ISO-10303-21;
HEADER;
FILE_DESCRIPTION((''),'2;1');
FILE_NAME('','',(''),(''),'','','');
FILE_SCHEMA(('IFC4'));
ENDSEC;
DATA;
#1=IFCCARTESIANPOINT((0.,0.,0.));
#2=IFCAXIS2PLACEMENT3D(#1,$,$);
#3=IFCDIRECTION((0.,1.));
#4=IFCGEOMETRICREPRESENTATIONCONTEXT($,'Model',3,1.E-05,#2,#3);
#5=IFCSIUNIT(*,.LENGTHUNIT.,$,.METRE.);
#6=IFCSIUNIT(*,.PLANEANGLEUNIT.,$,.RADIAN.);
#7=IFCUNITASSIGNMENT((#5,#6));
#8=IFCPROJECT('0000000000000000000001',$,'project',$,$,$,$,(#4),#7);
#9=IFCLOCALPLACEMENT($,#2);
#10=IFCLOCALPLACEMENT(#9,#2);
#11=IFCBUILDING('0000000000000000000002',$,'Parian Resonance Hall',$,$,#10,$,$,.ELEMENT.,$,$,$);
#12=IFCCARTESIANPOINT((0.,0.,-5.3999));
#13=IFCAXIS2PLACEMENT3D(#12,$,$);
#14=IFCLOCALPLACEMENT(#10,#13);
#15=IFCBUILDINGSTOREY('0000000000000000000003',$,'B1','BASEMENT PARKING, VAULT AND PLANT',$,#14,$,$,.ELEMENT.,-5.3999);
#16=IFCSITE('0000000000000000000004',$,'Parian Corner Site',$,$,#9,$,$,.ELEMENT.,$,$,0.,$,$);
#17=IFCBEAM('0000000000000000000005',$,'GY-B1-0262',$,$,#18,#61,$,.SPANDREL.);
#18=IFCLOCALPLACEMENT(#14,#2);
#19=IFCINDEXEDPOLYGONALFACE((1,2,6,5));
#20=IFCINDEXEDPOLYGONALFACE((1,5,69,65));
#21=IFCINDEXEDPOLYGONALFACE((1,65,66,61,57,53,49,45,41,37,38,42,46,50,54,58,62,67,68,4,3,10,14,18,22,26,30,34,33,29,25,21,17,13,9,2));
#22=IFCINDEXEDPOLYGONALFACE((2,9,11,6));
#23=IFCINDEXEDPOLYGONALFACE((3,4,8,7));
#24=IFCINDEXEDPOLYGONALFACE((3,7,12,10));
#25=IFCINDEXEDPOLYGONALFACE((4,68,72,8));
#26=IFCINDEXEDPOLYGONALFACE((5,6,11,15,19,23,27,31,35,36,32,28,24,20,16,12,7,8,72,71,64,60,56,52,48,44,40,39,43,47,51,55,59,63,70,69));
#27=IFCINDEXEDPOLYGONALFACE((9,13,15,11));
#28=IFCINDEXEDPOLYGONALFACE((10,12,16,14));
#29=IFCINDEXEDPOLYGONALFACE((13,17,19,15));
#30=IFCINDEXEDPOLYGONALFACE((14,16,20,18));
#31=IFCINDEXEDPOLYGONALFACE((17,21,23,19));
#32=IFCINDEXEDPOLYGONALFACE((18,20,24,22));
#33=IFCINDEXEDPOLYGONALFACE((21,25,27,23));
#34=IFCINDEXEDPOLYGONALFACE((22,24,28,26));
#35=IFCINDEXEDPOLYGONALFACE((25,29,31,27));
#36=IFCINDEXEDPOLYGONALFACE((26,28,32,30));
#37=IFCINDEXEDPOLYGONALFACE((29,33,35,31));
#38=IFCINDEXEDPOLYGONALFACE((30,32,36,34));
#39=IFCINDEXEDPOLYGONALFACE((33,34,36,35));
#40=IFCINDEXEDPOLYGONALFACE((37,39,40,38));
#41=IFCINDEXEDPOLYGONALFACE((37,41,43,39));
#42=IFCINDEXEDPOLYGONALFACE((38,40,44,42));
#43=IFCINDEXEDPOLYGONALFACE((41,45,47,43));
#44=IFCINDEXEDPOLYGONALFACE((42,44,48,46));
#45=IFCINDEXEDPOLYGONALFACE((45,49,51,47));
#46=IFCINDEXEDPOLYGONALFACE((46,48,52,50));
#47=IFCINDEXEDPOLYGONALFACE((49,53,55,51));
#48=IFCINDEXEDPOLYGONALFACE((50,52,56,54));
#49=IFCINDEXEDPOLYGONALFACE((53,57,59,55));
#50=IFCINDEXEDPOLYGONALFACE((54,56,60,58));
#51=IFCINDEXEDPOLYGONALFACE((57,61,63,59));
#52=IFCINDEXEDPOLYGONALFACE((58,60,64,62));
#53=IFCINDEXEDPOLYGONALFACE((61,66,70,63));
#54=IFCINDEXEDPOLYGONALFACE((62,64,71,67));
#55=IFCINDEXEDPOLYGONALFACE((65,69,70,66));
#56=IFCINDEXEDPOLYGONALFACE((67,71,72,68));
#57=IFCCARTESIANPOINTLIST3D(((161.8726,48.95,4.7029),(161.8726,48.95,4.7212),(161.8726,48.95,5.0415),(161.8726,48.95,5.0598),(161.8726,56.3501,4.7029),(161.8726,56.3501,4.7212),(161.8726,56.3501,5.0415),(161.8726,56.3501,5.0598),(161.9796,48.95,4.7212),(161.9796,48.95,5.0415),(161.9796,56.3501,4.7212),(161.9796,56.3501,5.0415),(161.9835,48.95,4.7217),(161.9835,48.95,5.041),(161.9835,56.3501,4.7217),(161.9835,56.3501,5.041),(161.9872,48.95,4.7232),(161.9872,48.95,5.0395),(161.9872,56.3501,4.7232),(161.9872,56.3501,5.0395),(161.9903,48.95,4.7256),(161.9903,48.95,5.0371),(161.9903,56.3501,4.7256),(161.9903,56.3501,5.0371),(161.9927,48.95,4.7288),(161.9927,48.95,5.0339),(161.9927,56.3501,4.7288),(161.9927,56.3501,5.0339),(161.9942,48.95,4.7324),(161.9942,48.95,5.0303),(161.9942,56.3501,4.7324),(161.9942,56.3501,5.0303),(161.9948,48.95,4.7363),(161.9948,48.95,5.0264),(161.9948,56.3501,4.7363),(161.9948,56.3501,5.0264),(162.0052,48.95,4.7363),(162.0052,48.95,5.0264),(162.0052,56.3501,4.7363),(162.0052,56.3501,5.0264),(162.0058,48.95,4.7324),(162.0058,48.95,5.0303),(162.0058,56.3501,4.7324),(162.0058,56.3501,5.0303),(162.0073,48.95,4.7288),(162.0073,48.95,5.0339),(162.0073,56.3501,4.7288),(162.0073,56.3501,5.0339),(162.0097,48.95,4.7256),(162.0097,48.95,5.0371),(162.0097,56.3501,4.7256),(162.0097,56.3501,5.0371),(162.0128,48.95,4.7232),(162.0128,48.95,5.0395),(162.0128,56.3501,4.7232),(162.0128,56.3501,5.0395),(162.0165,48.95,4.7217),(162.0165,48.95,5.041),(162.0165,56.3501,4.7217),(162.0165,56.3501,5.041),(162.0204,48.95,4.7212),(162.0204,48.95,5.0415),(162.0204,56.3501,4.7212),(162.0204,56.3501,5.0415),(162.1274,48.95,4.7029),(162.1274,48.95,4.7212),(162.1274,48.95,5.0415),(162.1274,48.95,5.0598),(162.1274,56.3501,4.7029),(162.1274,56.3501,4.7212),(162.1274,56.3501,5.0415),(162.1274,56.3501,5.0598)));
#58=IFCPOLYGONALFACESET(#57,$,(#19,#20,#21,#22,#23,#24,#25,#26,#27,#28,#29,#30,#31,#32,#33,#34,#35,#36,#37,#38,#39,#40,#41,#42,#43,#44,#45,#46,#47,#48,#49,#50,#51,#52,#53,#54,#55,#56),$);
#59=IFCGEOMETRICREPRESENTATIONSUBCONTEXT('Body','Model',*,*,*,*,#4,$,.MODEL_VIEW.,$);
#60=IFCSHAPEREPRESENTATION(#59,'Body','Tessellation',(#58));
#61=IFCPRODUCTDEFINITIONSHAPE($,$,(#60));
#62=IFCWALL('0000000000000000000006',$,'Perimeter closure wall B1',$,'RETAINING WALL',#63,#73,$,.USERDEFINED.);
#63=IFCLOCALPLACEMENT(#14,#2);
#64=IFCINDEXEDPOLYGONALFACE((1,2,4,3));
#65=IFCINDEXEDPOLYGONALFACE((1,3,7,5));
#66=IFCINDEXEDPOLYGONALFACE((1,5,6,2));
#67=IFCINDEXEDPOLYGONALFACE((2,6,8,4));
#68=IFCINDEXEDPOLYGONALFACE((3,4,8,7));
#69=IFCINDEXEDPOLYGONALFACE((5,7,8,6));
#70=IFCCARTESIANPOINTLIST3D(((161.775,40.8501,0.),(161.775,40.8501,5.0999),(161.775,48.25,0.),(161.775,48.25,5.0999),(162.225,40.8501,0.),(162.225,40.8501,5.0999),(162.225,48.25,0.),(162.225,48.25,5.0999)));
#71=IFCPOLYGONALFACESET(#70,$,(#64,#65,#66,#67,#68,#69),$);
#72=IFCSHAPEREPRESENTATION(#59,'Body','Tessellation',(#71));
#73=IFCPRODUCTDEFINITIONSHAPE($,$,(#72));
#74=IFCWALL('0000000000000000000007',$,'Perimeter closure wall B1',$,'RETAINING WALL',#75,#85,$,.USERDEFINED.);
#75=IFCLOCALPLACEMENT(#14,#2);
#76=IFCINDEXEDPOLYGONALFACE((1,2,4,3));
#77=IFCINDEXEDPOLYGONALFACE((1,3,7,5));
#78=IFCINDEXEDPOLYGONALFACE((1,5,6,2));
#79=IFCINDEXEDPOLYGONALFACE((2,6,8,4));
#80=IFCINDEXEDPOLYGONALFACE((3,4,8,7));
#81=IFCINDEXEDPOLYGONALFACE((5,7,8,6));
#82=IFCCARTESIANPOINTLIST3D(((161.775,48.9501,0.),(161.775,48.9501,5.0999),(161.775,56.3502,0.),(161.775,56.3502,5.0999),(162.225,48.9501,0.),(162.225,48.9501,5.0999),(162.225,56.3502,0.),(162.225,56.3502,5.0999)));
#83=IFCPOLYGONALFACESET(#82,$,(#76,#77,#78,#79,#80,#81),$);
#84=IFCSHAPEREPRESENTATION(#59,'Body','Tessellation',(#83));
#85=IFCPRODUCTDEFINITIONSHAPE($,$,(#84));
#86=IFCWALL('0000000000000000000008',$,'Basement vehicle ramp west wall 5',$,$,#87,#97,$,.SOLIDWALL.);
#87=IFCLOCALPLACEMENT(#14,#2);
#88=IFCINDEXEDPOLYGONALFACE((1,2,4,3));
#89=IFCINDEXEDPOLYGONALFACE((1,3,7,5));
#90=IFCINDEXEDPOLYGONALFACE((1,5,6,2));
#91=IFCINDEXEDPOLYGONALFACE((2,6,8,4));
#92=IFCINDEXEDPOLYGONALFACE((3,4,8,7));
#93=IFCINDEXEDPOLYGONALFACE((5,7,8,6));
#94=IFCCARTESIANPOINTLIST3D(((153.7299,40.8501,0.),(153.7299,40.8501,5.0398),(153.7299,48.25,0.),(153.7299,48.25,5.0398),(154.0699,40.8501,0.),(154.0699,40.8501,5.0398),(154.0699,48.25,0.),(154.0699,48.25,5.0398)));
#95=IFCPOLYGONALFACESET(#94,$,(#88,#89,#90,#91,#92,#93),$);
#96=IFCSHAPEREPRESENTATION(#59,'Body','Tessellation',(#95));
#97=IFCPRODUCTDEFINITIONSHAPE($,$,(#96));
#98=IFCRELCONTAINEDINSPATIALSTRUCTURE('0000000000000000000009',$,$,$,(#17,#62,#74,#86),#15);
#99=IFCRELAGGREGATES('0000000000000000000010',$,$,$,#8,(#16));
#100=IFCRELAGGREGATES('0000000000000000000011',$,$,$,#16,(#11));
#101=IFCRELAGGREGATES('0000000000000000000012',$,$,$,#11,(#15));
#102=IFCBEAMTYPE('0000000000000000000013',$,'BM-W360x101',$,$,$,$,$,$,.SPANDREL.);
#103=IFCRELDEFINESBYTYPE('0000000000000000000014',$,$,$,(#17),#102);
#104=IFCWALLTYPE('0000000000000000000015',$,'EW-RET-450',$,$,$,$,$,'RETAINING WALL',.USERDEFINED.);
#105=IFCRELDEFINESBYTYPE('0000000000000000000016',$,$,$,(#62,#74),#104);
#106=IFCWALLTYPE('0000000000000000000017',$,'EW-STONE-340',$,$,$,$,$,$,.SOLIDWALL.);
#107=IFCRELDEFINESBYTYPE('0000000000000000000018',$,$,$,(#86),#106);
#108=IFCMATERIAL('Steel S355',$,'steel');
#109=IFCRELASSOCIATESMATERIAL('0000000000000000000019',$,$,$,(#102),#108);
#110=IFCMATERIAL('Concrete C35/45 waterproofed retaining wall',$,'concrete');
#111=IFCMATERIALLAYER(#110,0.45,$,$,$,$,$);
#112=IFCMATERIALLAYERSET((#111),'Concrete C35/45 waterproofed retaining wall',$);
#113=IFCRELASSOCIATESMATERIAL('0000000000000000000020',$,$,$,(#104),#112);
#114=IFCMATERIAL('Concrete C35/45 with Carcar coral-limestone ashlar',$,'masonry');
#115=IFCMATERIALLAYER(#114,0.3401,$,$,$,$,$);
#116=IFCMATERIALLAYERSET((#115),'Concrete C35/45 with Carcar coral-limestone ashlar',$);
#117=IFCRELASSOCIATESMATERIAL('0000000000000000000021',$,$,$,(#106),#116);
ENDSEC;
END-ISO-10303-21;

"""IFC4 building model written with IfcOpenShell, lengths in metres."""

from ifc_helpers import new_model, si_unit, direction, frame, frame_2d, origin, origin_2d, place, context, subcontext, project, spatial, rectangle, i_section, extrude, material, layer, layer_set, material_profile, profile_set, type_object, element, save


model = new_model("IFC4")

# Units and contexts
model_context = context("Model", 3, precision=1e-05, world=origin(), true_north=direction((0.0, 1.0)))
body_context = subcontext(model_context, "Body", "Model", "MODEL_VIEW")
ifc_project = project(units=[si_unit("LENGTHUNIT", "METRE"), si_unit("PLANEANGLEUNIT", "RADIAN")], contexts=[model_context])

# Site, building, storey
site_placement = place(None, origin())
site = spatial("IfcSite", under=ifc_project, at=site_placement, Name="Parian Corner Site", CompositionType="ELEMENT", RefElevation=0.0)
building_placement = place(site_placement, origin())
building = spatial("IfcBuilding", under=site, at=building_placement, Name="Parian Resonance Hall", CompositionType="ELEMENT")
storey_placement = place(building_placement, frame((0.0, 0.0, -5.3999)))
storey = spatial("IfcBuildingStorey", under=building, at=storey_placement, Name="B1", Description="BASEMENT PARKING, VAULT AND PLANT", CompositionType="ELEMENT", Elevation=-5.3999)

# Beam
ifc_material_1 = material(Name="Steel S355", Category="steel")
ifc_material_profile_1 = material_profile(ifc_material_1, i_section(OverallWidth=0.2549, OverallDepth=0.3569, WebThickness=0.0105, FlangeThickness=0.0183, FilletRadius=0.0151, at=origin_2d()), Name="W360x101")
ifc_profile_set_1 = profile_set([ifc_material_profile_1], Name="Steel S355")
beam_type_1 = type_object("IfcBeamType", Name="BM-W360x101", PredefinedType="SPANDREL", material=ifc_profile_set_1)
beam_1_placement = place(storey_placement, frame((162.0, 48.95, 4.8813), z_axis=(0.0, 1.0, 0.0), x_axis=(-1.0, 0.0, 0.0)))
element("IfcBeam", 1, at=beam_1_placement, inside=storey, type_object=beam_type_1, Name="GY-B1-0262", PredefinedType="SPANDREL", context=body_context, shape_type="SweptSolid", body=[
    extrude(i_section(OverallWidth=0.2549, OverallDepth=0.3569, WebThickness=0.0105, FlangeThickness=0.0183, FilletRadius=0.0151, at=origin_2d()), origin(), (0.0, 0.0, 1.0), 7.4001),
])

# Walls
ifc_material_2 = material(Name="Concrete C35/45 waterproofed retaining wall", Category="concrete")
ifc_layer_1 = layer(ifc_material_2, 0.45)
ifc_layer_set_1 = layer_set([ifc_layer_1], Name="Concrete C35/45 waterproofed retaining wall")
wall_type_1 = type_object("IfcWallType", Name="EW-RET-450", ElementType="RETAINING WALL", PredefinedType="USERDEFINED", material=ifc_layer_set_1)
wall_1_placement = place(storey_placement, frame((162.0, 40.8501, 0.0), z_axis=(0.0, 0.0, 1.0), x_axis=(0.0, 1.0, 0.0)))
element("IfcWall", 2, at=wall_1_placement, inside=storey, type_object=wall_type_1, Name="Perimeter closure wall B1", ObjectType="RETAINING WALL", PredefinedType="USERDEFINED", context=body_context, shape_type="SweptSolid", body=[
    extrude(rectangle(XDim=7.3999, YDim=0.45, at=frame_2d((3.7, 0.0))), origin(), (0.0, 0.0, 1.0), 5.0999),
])
wall_2_placement = place(storey_placement, frame((162.0, 48.95, 0.0), z_axis=(0.0, 0.0, 1.0), x_axis=(0.0, 1.0, 0.0)))
element("IfcWall", 3, at=wall_2_placement, inside=storey, type_object=wall_type_1, Name="Perimeter closure wall B1", ObjectType="RETAINING WALL", PredefinedType="USERDEFINED", context=body_context, shape_type="SweptSolid", body=[
    extrude(rectangle(XDim=7.4001, YDim=0.45, at=frame_2d((3.7002, 0.0))), origin(), (0.0, 0.0, 1.0), 5.0999),
])
ifc_material_3 = material(Name="Concrete C35/45 with Carcar coral-limestone ashlar", Category="masonry")
ifc_layer_2 = layer(ifc_material_3, 0.3401)
ifc_layer_set_2 = layer_set([ifc_layer_2], Name="Concrete C35/45 with Carcar coral-limestone ashlar")
wall_type_2 = type_object("IfcWallType", Name="EW-STONE-340", PredefinedType="SOLIDWALL", material=ifc_layer_set_2)
wall_3_placement = place(storey_placement, frame((153.8999, 40.8501, 0.0), z_axis=(0.0, 0.0, 1.0), x_axis=(0.0, 1.0, 0.0)))
element("IfcWall", 4, at=wall_3_placement, inside=storey, type_object=wall_type_2, Name="Basement vehicle ramp west wall 5", PredefinedType="SOLIDWALL", context=body_context, shape_type="SweptSolid", body=[
    extrude(rectangle(XDim=7.3999, YDim=0.3401, at=frame_2d((3.7, 0.0))), origin(), (0.0, 0.0, 1.0), 5.0398),
])

save(model, "model.ifc")
